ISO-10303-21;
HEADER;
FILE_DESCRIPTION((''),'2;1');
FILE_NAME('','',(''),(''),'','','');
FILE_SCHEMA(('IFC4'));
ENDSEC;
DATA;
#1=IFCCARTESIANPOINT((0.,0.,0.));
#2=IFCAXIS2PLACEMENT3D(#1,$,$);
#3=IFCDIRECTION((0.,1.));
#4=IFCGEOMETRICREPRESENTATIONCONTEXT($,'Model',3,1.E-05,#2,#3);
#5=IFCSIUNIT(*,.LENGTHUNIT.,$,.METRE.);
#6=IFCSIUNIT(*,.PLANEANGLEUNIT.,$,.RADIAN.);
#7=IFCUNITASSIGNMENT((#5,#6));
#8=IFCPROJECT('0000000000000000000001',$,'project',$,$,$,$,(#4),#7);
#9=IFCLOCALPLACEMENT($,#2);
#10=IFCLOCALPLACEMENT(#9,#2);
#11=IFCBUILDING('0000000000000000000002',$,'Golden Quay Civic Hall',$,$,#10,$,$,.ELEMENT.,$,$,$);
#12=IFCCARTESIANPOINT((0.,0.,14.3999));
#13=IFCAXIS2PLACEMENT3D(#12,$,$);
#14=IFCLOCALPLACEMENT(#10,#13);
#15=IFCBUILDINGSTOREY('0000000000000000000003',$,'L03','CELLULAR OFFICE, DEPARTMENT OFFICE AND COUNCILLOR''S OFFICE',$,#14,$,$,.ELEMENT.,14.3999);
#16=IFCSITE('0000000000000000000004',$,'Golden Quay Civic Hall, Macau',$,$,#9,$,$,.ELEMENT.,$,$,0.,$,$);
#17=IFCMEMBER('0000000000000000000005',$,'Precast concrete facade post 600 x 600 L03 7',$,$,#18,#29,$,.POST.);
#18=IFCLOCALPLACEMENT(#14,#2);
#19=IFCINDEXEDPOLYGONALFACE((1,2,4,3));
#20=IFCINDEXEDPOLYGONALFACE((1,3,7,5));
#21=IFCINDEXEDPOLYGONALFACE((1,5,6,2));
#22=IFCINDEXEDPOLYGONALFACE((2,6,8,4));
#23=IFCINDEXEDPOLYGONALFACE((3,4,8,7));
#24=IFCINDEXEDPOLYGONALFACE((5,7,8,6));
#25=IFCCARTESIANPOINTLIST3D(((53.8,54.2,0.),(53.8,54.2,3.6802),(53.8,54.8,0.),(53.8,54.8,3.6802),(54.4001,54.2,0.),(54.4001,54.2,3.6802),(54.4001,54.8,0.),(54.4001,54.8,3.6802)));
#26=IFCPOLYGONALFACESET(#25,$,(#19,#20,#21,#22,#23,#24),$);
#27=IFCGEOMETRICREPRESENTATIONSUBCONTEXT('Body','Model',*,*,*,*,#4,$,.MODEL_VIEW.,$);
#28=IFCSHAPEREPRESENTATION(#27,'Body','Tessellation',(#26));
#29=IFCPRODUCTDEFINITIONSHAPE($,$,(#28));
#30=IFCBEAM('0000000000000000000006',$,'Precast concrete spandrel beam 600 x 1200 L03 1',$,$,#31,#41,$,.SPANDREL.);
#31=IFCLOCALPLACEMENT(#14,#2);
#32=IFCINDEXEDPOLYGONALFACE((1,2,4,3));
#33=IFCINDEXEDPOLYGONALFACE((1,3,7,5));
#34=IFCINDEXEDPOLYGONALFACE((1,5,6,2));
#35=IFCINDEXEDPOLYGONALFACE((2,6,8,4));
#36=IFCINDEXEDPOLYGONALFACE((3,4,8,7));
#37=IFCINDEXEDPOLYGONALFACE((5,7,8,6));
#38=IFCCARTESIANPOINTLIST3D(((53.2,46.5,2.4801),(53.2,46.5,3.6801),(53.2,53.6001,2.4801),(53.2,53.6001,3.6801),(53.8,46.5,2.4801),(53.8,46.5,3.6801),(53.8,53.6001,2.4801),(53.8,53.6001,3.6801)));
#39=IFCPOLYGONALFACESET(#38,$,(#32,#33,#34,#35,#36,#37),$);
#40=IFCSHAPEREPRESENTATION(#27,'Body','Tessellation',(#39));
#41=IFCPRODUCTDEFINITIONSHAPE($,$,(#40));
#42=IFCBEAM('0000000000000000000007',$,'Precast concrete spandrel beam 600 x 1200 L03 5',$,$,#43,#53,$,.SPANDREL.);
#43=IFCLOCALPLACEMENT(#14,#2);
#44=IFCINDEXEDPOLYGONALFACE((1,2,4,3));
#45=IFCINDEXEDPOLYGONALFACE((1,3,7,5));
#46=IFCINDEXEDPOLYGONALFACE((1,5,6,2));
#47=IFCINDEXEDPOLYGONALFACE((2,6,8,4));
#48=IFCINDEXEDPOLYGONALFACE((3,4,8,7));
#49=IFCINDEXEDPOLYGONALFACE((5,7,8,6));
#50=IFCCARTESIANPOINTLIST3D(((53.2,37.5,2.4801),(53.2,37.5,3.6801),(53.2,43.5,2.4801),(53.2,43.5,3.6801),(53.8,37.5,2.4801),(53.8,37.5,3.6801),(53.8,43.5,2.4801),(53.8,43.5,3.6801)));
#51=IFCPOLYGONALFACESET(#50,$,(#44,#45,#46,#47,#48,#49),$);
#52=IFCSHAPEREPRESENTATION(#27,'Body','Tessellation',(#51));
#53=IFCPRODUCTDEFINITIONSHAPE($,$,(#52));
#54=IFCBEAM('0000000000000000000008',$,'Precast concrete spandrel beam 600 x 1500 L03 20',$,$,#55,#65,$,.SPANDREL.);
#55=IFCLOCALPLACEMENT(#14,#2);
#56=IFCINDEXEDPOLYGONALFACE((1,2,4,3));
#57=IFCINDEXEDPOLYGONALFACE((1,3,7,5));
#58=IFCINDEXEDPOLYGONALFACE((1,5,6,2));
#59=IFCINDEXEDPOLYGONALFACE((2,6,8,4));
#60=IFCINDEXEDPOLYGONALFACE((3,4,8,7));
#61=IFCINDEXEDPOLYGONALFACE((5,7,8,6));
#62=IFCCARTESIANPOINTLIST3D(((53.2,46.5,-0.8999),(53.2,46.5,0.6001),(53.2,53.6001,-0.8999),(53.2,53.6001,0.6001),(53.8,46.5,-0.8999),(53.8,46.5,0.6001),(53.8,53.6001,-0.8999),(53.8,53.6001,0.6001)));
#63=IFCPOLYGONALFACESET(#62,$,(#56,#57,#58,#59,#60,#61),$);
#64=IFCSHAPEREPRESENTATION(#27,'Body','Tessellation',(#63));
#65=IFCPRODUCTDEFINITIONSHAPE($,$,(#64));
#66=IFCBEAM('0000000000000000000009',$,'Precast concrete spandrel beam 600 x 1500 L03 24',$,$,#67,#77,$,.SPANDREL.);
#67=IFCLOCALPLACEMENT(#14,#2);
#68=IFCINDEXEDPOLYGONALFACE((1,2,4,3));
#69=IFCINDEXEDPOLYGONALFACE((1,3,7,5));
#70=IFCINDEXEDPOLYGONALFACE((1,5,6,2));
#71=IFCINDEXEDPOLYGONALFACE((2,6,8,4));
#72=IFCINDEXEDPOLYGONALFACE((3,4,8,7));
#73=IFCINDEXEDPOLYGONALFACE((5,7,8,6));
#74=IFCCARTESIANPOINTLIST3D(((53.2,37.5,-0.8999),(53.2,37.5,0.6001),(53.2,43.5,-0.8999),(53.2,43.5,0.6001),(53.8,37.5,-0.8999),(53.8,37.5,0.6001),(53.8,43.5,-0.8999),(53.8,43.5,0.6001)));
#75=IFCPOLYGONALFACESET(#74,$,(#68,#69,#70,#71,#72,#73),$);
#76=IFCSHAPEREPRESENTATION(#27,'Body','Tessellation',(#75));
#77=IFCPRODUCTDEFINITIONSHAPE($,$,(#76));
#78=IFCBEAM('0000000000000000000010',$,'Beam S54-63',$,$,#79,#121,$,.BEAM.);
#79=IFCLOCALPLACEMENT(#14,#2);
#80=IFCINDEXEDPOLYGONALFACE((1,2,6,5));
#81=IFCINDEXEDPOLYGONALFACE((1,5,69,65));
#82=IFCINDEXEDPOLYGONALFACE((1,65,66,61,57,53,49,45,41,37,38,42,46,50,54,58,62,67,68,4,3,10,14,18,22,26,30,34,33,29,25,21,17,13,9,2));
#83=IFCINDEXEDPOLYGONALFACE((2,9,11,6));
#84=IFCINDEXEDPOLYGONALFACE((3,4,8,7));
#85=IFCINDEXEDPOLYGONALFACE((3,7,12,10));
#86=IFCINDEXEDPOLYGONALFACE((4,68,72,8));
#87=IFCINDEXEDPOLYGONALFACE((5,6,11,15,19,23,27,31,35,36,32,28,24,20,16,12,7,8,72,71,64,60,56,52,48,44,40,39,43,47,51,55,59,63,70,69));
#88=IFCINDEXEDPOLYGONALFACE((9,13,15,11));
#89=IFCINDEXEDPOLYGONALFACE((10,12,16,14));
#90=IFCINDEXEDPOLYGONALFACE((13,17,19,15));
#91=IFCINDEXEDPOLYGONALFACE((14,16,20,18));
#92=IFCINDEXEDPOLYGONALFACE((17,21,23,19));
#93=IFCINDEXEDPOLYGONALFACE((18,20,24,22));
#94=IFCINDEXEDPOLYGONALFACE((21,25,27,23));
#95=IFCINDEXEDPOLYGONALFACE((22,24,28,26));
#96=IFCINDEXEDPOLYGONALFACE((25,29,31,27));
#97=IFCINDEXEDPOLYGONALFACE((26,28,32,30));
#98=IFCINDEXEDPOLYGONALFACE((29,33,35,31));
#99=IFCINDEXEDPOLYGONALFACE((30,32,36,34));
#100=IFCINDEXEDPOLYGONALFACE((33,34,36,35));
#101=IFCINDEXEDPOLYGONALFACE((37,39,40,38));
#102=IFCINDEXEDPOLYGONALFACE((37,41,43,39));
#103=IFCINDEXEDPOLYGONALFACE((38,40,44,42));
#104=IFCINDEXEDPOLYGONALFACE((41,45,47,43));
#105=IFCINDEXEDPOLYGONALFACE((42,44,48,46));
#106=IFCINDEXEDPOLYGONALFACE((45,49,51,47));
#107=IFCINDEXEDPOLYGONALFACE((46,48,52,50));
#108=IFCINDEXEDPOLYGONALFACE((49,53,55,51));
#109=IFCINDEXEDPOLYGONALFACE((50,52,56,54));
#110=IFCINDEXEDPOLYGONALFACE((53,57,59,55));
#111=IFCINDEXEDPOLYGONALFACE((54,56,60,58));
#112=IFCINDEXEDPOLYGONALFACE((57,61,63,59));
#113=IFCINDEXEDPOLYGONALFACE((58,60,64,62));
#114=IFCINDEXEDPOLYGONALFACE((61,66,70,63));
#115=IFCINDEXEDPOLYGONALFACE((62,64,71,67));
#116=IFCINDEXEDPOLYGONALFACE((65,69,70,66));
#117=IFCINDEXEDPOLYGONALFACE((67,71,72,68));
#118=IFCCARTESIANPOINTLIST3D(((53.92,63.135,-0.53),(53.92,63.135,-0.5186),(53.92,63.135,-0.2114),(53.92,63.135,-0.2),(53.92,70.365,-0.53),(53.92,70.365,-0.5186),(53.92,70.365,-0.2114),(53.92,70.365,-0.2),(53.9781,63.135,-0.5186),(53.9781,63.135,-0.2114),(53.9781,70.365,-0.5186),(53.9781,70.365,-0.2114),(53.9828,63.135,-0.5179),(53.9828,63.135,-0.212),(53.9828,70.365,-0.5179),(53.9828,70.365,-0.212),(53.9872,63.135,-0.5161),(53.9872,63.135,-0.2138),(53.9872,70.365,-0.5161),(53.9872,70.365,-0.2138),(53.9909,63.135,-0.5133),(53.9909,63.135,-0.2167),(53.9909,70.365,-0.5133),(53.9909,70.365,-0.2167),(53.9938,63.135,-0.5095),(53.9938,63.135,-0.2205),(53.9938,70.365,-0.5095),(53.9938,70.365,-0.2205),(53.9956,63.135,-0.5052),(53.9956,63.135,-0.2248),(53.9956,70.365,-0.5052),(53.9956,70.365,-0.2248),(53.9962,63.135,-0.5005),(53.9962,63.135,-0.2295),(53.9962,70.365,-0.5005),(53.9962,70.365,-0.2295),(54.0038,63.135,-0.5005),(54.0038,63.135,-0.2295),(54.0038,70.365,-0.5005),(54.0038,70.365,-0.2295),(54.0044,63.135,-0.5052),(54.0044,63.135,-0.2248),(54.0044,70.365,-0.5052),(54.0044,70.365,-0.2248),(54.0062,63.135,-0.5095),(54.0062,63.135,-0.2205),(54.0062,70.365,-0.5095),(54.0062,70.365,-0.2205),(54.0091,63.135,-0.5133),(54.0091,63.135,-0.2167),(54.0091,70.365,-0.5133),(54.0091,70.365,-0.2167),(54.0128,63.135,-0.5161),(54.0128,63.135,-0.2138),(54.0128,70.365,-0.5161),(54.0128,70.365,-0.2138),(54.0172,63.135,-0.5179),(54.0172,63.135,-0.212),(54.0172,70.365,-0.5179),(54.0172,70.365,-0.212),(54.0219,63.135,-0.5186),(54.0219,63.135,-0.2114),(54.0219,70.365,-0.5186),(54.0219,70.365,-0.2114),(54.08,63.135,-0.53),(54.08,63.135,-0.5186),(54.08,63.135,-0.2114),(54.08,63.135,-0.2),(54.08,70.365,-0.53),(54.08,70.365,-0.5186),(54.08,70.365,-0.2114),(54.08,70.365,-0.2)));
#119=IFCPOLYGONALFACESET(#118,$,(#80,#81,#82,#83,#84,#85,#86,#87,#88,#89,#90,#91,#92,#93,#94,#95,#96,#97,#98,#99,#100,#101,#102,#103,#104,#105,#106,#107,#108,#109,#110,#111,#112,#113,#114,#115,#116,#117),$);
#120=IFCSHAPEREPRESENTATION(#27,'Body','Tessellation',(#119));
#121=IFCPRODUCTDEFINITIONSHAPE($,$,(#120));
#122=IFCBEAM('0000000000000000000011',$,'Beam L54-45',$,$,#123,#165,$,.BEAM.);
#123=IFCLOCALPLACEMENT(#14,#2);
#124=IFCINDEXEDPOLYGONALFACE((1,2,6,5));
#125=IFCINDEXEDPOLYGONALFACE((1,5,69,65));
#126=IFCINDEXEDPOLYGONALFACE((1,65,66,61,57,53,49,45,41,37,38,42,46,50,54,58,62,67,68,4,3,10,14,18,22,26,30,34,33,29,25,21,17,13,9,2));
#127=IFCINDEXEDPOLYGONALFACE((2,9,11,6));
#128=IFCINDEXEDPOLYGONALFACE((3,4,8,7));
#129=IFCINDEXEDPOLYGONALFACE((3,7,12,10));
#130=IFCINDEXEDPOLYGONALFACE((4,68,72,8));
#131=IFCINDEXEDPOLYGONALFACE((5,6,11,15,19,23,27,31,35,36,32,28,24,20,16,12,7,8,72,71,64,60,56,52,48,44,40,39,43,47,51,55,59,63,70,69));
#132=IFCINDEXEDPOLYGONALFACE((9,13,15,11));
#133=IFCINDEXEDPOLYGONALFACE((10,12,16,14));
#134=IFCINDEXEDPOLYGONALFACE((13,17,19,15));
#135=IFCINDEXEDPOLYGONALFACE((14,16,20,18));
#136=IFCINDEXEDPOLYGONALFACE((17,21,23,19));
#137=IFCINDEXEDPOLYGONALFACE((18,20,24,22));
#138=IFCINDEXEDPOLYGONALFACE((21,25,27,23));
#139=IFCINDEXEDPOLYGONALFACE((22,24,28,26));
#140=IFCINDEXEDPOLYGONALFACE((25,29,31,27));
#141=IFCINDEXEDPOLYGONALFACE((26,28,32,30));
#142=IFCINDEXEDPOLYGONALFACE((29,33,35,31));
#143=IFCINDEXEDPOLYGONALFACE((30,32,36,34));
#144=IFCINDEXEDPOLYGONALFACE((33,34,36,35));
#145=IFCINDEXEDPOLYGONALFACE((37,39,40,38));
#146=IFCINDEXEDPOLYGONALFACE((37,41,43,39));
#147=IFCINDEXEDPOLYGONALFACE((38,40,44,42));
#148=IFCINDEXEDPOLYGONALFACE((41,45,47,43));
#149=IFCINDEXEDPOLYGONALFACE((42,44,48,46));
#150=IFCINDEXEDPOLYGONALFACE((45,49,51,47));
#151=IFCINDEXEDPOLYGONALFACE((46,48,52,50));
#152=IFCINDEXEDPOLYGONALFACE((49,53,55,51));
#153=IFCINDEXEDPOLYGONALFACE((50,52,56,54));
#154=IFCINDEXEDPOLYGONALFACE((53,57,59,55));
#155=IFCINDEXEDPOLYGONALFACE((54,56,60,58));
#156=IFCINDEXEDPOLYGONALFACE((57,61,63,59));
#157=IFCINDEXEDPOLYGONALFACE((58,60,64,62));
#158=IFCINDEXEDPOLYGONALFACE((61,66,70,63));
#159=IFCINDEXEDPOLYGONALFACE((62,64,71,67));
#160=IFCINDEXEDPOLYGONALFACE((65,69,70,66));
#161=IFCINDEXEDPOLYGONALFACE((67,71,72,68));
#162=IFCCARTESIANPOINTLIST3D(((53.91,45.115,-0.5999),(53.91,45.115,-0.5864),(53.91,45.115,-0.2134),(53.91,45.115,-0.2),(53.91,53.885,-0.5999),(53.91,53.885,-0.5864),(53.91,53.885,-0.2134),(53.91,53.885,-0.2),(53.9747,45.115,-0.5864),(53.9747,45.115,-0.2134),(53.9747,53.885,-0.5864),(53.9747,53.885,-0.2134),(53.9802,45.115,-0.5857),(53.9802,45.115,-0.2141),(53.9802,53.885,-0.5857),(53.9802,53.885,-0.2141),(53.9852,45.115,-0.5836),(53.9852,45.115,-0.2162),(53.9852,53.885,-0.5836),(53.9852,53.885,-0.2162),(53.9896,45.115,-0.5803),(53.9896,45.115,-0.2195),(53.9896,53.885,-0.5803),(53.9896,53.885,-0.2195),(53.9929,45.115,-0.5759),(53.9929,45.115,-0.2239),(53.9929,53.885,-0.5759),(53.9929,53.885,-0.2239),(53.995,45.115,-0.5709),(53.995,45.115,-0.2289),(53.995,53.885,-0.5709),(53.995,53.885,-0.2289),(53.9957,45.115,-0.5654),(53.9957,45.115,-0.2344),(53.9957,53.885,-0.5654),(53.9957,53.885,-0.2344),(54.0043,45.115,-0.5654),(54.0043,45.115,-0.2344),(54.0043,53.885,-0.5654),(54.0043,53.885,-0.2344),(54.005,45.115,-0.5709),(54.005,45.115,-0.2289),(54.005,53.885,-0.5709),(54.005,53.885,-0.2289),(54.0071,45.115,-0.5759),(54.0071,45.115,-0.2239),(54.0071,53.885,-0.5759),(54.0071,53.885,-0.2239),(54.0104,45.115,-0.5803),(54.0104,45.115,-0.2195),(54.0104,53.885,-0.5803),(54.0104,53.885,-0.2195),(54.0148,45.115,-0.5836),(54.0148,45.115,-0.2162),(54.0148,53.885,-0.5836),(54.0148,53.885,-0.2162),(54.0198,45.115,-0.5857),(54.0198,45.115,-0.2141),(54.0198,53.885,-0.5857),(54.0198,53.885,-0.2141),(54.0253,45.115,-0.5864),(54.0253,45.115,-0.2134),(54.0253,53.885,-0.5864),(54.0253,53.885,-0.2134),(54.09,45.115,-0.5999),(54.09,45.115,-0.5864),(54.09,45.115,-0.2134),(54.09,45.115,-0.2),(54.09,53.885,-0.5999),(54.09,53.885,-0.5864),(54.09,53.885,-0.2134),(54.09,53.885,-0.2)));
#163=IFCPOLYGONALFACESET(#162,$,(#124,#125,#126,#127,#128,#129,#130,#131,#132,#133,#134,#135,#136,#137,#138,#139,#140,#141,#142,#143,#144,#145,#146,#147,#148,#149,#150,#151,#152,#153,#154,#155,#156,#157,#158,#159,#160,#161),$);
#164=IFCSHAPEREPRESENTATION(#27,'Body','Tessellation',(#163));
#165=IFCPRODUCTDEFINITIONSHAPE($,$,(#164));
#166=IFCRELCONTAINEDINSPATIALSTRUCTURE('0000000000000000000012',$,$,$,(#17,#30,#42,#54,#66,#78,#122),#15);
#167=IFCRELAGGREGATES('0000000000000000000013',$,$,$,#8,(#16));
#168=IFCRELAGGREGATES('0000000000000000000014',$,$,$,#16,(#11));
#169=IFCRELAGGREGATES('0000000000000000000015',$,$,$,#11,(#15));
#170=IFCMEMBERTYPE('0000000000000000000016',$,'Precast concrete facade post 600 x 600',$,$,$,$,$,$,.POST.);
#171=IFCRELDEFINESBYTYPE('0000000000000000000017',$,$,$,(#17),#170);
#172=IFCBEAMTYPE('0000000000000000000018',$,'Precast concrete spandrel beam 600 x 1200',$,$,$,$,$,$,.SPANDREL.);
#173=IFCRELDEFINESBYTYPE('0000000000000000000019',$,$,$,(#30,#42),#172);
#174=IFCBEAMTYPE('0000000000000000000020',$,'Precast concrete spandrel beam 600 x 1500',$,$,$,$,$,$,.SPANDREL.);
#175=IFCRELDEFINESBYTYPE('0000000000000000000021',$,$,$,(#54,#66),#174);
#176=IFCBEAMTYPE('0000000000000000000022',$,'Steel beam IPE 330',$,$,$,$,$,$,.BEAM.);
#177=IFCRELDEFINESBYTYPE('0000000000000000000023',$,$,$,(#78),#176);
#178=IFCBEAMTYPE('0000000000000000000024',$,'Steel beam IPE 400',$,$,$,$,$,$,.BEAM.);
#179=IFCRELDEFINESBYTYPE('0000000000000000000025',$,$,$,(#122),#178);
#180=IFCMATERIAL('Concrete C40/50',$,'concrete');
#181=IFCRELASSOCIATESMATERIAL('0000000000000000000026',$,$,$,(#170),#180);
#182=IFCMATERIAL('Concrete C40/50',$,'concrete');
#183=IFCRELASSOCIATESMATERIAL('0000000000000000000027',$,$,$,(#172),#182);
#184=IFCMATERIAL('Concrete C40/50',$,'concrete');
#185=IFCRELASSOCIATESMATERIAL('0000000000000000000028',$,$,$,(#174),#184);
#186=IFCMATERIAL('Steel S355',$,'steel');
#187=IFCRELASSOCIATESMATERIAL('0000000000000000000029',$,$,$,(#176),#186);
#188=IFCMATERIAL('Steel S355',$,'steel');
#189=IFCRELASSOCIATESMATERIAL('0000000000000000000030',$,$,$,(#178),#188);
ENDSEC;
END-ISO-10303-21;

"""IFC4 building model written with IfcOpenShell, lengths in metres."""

from ifc_helpers import new_model, si_unit, direction, frame, origin, origin_2d, place, context, subcontext, project, spatial, rectangle, i_section, extrude, material, material_profile, profile_set, type_object, element, save


model = new_model("IFC4")

# Units and contexts
model_context = context("Model", 3, precision=1e-05, world=origin(), true_north=direction((0.0, 1.0)))
body_context = subcontext(model_context, "Body", "Model", "MODEL_VIEW")
ifc_project = project(units=[si_unit("LENGTHUNIT", "METRE"), si_unit("PLANEANGLEUNIT", "RADIAN")], contexts=[model_context])

# Site, building, storey
site_placement = place(None, origin())
site = spatial("IfcSite", under=ifc_project, at=site_placement, Name="Golden Quay Civic Hall, Macau", CompositionType="ELEMENT", RefElevation=0.0)
building_placement = place(site_placement, origin())
building = spatial("IfcBuilding", under=site, at=building_placement, Name="Golden Quay Civic Hall", CompositionType="ELEMENT")
storey_placement = place(building_placement, frame((0.0, 0.0, 14.3999)))
storey = spatial("IfcBuildingStorey", under=building, at=storey_placement, Name="L03", Description="CELLULAR OFFICE, DEPARTMENT OFFICE AND COUNCILLOR'S OFFICE", CompositionType="ELEMENT", Elevation=14.3999)

# Member
ifc_material_1 = material(Name="Concrete C40/50", Category="concrete")
ifc_material_profile_1 = material_profile(ifc_material_1, rectangle(XDim=0.6001, YDim=0.6001, at=origin_2d()), Name="RC 600x600")
ifc_profile_set_1 = profile_set([ifc_material_profile_1], Name="Concrete C40/50")
member_type_1 = type_object("IfcMemberType", Name="Precast concrete facade post 600 x 600", PredefinedType="POST", material=ifc_profile_set_1)
for number, where, z_axis, x_axis, name in (
    (1, (54.1001, 54.5, 0.0), (0.0, 0.0, 1.0), (1.0, 0.0, 0.0), "Precast concrete facade post 600 x 600 L03 7"),
):
    element("IfcMember", number, at=place(storey_placement, frame(where, z_axis=z_axis, x_axis=x_axis)), inside=storey, type_object=member_type_1, Name=name, PredefinedType="POST", context=body_context, shape_type="SweptSolid", body=[
        extrude(rectangle(XDim=0.6001, YDim=0.6001, at=origin_2d()), origin(), (0.0, 0.0, 1.0), 3.6802),
    ])

# Beams
ifc_material_2 = material(Name="Concrete C40/50", Category="concrete")
ifc_material_profile_2 = material_profile(ifc_material_2, rectangle(XDim=0.6001, YDim=1.2, at=origin_2d()), Name="RC 600x1200")
ifc_profile_set_2 = profile_set([ifc_material_profile_2], Name="Concrete C40/50")
beam_type_1 = type_object("IfcBeamType", Name="Precast concrete spandrel beam 600 x 1200", PredefinedType="SPANDREL", material=ifc_profile_set_2)
beam_1_placement = place(storey_placement, frame((53.5, 46.5, 3.0801), z_axis=(0.0, 1.0, 0.0), x_axis=(-1.0, 0.0, 0.0)))
element("IfcBeam", 2, at=beam_1_placement, inside=storey, type_object=beam_type_1, Name="Precast concrete spandrel beam 600 x 1200 L03 1", PredefinedType="SPANDREL", context=body_context, shape_type="SweptSolid", body=[
    extrude(rectangle(XDim=0.6001, YDim=1.2, at=origin_2d()), origin(), (0.0, 0.0, 1.0), 7.1001),
])
beam_2_placement = place(storey_placement, frame((53.5, 37.5, 3.0801), z_axis=(0.0, 1.0, 0.0), x_axis=(-1.0, 0.0, 0.0)))
element("IfcBeam", 3, at=beam_2_placement, inside=storey, type_object=beam_type_1, Name="Precast concrete spandrel beam 600 x 1200 L03 5", PredefinedType="SPANDREL", context=body_context, shape_type="SweptSolid", body=[
    extrude(rectangle(XDim=0.6001, YDim=1.2, at=origin_2d()), origin(), (0.0, 0.0, 1.0), 6.0),
])
ifc_material_3 = material(Name="Concrete C40/50", Category="concrete")
ifc_material_profile_3 = material_profile(ifc_material_3, rectangle(XDim=0.6001, YDim=1.5, at=origin_2d()), Name="RC 600x1500")
ifc_profile_set_3 = profile_set([ifc_material_profile_3], Name="Concrete C40/50")
beam_type_2 = type_object("IfcBeamType", Name="Precast concrete spandrel beam 600 x 1500", PredefinedType="SPANDREL", material=ifc_profile_set_3)
beam_3_placement = place(storey_placement, frame((53.5, 46.5, -0.1499), z_axis=(0.0, 1.0, 0.0), x_axis=(-1.0, 0.0, 0.0)))
element("IfcBeam", 4, at=beam_3_placement, inside=storey, type_object=beam_type_2, Name="Precast concrete spandrel beam 600 x 1500 L03 20", PredefinedType="SPANDREL", context=body_context, shape_type="SweptSolid", body=[
    extrude(rectangle(XDim=0.6001, YDim=1.5, at=origin_2d()), origin(), (0.0, 0.0, 1.0), 7.1001),
])
beam_4_placement = place(storey_placement, frame((53.5, 37.5, -0.1499), z_axis=(0.0, 1.0, 0.0), x_axis=(-1.0, 0.0, 0.0)))
element("IfcBeam", 5, at=beam_4_placement, inside=storey, type_object=beam_type_2, Name="Precast concrete spandrel beam 600 x 1500 L03 24", PredefinedType="SPANDREL", context=body_context, shape_type="SweptSolid", body=[
    extrude(rectangle(XDim=0.6001, YDim=1.5, at=origin_2d()), origin(), (0.0, 0.0, 1.0), 6.0),
])
ifc_material_4 = material(Name="Steel S355", Category="steel")
ifc_material_profile_4 = material_profile(ifc_material_4, i_section(OverallWidth=0.1599, OverallDepth=0.3301, WebThickness=0.0076, FlangeThickness=0.0115, FilletRadius=0.0181, at=origin_2d()), Name="IPE 330")
ifc_profile_set_4 = profile_set([ifc_material_profile_4], Name="Steel S355")
beam_type_3 = type_object("IfcBeamType", Name="Steel beam IPE 330", PredefinedType="BEAM", material=ifc_profile_set_4)
beam_5_placement = place(storey_placement, frame((54.0, 63.135, -0.365), z_axis=(0.0, 1.0, 0.0), x_axis=(-1.0, 0.0, 0.0)))
element("IfcBeam", 6, at=beam_5_placement, inside=storey, type_object=beam_type_3, Name="Beam S54-63", PredefinedType="BEAM", context=body_context, shape_type="SweptSolid", body=[
    extrude(i_section(OverallWidth=0.1599, OverallDepth=0.3301, WebThickness=0.0076, FlangeThickness=0.0115, FilletRadius=0.0181, at=origin_2d()), origin(), (0.0, 0.0, 1.0), 7.23),
])
ifc_material_5 = material(Name="Steel S355", Category="steel")
ifc_material_profile_5 = material_profile(ifc_material_5, i_section(OverallWidth=0.1799, OverallDepth=0.3999, WebThickness=0.0085, FlangeThickness=0.0134, FilletRadius=0.021, at=origin_2d()), Name="IPE 400")
ifc_profile_set_5 = profile_set([ifc_material_profile_5], Name="Steel S355")
beam_type_4 = type_object("IfcBeamType", Name="Steel beam IPE 400", PredefinedType="BEAM", material=ifc_profile_set_5)
beam_6_placement = place(storey_placement, frame((54.0, 45.115, -0.3999), z_axis=(0.0, 1.0, 0.0), x_axis=(-1.0, 0.0, 0.0)))
element("IfcBeam", 7, at=beam_6_placement, inside=storey, type_object=beam_type_4, Name="Beam L54-45", PredefinedType="BEAM", context=body_context, shape_type="SweptSolid", body=[
    extrude(i_section(OverallWidth=0.1799, OverallDepth=0.3999, WebThickness=0.0085, FlangeThickness=0.0134, FilletRadius=0.021, at=origin_2d()), origin(), (0.0, 0.0, 1.0), 8.77),
])

save(model, "model.ifc")
